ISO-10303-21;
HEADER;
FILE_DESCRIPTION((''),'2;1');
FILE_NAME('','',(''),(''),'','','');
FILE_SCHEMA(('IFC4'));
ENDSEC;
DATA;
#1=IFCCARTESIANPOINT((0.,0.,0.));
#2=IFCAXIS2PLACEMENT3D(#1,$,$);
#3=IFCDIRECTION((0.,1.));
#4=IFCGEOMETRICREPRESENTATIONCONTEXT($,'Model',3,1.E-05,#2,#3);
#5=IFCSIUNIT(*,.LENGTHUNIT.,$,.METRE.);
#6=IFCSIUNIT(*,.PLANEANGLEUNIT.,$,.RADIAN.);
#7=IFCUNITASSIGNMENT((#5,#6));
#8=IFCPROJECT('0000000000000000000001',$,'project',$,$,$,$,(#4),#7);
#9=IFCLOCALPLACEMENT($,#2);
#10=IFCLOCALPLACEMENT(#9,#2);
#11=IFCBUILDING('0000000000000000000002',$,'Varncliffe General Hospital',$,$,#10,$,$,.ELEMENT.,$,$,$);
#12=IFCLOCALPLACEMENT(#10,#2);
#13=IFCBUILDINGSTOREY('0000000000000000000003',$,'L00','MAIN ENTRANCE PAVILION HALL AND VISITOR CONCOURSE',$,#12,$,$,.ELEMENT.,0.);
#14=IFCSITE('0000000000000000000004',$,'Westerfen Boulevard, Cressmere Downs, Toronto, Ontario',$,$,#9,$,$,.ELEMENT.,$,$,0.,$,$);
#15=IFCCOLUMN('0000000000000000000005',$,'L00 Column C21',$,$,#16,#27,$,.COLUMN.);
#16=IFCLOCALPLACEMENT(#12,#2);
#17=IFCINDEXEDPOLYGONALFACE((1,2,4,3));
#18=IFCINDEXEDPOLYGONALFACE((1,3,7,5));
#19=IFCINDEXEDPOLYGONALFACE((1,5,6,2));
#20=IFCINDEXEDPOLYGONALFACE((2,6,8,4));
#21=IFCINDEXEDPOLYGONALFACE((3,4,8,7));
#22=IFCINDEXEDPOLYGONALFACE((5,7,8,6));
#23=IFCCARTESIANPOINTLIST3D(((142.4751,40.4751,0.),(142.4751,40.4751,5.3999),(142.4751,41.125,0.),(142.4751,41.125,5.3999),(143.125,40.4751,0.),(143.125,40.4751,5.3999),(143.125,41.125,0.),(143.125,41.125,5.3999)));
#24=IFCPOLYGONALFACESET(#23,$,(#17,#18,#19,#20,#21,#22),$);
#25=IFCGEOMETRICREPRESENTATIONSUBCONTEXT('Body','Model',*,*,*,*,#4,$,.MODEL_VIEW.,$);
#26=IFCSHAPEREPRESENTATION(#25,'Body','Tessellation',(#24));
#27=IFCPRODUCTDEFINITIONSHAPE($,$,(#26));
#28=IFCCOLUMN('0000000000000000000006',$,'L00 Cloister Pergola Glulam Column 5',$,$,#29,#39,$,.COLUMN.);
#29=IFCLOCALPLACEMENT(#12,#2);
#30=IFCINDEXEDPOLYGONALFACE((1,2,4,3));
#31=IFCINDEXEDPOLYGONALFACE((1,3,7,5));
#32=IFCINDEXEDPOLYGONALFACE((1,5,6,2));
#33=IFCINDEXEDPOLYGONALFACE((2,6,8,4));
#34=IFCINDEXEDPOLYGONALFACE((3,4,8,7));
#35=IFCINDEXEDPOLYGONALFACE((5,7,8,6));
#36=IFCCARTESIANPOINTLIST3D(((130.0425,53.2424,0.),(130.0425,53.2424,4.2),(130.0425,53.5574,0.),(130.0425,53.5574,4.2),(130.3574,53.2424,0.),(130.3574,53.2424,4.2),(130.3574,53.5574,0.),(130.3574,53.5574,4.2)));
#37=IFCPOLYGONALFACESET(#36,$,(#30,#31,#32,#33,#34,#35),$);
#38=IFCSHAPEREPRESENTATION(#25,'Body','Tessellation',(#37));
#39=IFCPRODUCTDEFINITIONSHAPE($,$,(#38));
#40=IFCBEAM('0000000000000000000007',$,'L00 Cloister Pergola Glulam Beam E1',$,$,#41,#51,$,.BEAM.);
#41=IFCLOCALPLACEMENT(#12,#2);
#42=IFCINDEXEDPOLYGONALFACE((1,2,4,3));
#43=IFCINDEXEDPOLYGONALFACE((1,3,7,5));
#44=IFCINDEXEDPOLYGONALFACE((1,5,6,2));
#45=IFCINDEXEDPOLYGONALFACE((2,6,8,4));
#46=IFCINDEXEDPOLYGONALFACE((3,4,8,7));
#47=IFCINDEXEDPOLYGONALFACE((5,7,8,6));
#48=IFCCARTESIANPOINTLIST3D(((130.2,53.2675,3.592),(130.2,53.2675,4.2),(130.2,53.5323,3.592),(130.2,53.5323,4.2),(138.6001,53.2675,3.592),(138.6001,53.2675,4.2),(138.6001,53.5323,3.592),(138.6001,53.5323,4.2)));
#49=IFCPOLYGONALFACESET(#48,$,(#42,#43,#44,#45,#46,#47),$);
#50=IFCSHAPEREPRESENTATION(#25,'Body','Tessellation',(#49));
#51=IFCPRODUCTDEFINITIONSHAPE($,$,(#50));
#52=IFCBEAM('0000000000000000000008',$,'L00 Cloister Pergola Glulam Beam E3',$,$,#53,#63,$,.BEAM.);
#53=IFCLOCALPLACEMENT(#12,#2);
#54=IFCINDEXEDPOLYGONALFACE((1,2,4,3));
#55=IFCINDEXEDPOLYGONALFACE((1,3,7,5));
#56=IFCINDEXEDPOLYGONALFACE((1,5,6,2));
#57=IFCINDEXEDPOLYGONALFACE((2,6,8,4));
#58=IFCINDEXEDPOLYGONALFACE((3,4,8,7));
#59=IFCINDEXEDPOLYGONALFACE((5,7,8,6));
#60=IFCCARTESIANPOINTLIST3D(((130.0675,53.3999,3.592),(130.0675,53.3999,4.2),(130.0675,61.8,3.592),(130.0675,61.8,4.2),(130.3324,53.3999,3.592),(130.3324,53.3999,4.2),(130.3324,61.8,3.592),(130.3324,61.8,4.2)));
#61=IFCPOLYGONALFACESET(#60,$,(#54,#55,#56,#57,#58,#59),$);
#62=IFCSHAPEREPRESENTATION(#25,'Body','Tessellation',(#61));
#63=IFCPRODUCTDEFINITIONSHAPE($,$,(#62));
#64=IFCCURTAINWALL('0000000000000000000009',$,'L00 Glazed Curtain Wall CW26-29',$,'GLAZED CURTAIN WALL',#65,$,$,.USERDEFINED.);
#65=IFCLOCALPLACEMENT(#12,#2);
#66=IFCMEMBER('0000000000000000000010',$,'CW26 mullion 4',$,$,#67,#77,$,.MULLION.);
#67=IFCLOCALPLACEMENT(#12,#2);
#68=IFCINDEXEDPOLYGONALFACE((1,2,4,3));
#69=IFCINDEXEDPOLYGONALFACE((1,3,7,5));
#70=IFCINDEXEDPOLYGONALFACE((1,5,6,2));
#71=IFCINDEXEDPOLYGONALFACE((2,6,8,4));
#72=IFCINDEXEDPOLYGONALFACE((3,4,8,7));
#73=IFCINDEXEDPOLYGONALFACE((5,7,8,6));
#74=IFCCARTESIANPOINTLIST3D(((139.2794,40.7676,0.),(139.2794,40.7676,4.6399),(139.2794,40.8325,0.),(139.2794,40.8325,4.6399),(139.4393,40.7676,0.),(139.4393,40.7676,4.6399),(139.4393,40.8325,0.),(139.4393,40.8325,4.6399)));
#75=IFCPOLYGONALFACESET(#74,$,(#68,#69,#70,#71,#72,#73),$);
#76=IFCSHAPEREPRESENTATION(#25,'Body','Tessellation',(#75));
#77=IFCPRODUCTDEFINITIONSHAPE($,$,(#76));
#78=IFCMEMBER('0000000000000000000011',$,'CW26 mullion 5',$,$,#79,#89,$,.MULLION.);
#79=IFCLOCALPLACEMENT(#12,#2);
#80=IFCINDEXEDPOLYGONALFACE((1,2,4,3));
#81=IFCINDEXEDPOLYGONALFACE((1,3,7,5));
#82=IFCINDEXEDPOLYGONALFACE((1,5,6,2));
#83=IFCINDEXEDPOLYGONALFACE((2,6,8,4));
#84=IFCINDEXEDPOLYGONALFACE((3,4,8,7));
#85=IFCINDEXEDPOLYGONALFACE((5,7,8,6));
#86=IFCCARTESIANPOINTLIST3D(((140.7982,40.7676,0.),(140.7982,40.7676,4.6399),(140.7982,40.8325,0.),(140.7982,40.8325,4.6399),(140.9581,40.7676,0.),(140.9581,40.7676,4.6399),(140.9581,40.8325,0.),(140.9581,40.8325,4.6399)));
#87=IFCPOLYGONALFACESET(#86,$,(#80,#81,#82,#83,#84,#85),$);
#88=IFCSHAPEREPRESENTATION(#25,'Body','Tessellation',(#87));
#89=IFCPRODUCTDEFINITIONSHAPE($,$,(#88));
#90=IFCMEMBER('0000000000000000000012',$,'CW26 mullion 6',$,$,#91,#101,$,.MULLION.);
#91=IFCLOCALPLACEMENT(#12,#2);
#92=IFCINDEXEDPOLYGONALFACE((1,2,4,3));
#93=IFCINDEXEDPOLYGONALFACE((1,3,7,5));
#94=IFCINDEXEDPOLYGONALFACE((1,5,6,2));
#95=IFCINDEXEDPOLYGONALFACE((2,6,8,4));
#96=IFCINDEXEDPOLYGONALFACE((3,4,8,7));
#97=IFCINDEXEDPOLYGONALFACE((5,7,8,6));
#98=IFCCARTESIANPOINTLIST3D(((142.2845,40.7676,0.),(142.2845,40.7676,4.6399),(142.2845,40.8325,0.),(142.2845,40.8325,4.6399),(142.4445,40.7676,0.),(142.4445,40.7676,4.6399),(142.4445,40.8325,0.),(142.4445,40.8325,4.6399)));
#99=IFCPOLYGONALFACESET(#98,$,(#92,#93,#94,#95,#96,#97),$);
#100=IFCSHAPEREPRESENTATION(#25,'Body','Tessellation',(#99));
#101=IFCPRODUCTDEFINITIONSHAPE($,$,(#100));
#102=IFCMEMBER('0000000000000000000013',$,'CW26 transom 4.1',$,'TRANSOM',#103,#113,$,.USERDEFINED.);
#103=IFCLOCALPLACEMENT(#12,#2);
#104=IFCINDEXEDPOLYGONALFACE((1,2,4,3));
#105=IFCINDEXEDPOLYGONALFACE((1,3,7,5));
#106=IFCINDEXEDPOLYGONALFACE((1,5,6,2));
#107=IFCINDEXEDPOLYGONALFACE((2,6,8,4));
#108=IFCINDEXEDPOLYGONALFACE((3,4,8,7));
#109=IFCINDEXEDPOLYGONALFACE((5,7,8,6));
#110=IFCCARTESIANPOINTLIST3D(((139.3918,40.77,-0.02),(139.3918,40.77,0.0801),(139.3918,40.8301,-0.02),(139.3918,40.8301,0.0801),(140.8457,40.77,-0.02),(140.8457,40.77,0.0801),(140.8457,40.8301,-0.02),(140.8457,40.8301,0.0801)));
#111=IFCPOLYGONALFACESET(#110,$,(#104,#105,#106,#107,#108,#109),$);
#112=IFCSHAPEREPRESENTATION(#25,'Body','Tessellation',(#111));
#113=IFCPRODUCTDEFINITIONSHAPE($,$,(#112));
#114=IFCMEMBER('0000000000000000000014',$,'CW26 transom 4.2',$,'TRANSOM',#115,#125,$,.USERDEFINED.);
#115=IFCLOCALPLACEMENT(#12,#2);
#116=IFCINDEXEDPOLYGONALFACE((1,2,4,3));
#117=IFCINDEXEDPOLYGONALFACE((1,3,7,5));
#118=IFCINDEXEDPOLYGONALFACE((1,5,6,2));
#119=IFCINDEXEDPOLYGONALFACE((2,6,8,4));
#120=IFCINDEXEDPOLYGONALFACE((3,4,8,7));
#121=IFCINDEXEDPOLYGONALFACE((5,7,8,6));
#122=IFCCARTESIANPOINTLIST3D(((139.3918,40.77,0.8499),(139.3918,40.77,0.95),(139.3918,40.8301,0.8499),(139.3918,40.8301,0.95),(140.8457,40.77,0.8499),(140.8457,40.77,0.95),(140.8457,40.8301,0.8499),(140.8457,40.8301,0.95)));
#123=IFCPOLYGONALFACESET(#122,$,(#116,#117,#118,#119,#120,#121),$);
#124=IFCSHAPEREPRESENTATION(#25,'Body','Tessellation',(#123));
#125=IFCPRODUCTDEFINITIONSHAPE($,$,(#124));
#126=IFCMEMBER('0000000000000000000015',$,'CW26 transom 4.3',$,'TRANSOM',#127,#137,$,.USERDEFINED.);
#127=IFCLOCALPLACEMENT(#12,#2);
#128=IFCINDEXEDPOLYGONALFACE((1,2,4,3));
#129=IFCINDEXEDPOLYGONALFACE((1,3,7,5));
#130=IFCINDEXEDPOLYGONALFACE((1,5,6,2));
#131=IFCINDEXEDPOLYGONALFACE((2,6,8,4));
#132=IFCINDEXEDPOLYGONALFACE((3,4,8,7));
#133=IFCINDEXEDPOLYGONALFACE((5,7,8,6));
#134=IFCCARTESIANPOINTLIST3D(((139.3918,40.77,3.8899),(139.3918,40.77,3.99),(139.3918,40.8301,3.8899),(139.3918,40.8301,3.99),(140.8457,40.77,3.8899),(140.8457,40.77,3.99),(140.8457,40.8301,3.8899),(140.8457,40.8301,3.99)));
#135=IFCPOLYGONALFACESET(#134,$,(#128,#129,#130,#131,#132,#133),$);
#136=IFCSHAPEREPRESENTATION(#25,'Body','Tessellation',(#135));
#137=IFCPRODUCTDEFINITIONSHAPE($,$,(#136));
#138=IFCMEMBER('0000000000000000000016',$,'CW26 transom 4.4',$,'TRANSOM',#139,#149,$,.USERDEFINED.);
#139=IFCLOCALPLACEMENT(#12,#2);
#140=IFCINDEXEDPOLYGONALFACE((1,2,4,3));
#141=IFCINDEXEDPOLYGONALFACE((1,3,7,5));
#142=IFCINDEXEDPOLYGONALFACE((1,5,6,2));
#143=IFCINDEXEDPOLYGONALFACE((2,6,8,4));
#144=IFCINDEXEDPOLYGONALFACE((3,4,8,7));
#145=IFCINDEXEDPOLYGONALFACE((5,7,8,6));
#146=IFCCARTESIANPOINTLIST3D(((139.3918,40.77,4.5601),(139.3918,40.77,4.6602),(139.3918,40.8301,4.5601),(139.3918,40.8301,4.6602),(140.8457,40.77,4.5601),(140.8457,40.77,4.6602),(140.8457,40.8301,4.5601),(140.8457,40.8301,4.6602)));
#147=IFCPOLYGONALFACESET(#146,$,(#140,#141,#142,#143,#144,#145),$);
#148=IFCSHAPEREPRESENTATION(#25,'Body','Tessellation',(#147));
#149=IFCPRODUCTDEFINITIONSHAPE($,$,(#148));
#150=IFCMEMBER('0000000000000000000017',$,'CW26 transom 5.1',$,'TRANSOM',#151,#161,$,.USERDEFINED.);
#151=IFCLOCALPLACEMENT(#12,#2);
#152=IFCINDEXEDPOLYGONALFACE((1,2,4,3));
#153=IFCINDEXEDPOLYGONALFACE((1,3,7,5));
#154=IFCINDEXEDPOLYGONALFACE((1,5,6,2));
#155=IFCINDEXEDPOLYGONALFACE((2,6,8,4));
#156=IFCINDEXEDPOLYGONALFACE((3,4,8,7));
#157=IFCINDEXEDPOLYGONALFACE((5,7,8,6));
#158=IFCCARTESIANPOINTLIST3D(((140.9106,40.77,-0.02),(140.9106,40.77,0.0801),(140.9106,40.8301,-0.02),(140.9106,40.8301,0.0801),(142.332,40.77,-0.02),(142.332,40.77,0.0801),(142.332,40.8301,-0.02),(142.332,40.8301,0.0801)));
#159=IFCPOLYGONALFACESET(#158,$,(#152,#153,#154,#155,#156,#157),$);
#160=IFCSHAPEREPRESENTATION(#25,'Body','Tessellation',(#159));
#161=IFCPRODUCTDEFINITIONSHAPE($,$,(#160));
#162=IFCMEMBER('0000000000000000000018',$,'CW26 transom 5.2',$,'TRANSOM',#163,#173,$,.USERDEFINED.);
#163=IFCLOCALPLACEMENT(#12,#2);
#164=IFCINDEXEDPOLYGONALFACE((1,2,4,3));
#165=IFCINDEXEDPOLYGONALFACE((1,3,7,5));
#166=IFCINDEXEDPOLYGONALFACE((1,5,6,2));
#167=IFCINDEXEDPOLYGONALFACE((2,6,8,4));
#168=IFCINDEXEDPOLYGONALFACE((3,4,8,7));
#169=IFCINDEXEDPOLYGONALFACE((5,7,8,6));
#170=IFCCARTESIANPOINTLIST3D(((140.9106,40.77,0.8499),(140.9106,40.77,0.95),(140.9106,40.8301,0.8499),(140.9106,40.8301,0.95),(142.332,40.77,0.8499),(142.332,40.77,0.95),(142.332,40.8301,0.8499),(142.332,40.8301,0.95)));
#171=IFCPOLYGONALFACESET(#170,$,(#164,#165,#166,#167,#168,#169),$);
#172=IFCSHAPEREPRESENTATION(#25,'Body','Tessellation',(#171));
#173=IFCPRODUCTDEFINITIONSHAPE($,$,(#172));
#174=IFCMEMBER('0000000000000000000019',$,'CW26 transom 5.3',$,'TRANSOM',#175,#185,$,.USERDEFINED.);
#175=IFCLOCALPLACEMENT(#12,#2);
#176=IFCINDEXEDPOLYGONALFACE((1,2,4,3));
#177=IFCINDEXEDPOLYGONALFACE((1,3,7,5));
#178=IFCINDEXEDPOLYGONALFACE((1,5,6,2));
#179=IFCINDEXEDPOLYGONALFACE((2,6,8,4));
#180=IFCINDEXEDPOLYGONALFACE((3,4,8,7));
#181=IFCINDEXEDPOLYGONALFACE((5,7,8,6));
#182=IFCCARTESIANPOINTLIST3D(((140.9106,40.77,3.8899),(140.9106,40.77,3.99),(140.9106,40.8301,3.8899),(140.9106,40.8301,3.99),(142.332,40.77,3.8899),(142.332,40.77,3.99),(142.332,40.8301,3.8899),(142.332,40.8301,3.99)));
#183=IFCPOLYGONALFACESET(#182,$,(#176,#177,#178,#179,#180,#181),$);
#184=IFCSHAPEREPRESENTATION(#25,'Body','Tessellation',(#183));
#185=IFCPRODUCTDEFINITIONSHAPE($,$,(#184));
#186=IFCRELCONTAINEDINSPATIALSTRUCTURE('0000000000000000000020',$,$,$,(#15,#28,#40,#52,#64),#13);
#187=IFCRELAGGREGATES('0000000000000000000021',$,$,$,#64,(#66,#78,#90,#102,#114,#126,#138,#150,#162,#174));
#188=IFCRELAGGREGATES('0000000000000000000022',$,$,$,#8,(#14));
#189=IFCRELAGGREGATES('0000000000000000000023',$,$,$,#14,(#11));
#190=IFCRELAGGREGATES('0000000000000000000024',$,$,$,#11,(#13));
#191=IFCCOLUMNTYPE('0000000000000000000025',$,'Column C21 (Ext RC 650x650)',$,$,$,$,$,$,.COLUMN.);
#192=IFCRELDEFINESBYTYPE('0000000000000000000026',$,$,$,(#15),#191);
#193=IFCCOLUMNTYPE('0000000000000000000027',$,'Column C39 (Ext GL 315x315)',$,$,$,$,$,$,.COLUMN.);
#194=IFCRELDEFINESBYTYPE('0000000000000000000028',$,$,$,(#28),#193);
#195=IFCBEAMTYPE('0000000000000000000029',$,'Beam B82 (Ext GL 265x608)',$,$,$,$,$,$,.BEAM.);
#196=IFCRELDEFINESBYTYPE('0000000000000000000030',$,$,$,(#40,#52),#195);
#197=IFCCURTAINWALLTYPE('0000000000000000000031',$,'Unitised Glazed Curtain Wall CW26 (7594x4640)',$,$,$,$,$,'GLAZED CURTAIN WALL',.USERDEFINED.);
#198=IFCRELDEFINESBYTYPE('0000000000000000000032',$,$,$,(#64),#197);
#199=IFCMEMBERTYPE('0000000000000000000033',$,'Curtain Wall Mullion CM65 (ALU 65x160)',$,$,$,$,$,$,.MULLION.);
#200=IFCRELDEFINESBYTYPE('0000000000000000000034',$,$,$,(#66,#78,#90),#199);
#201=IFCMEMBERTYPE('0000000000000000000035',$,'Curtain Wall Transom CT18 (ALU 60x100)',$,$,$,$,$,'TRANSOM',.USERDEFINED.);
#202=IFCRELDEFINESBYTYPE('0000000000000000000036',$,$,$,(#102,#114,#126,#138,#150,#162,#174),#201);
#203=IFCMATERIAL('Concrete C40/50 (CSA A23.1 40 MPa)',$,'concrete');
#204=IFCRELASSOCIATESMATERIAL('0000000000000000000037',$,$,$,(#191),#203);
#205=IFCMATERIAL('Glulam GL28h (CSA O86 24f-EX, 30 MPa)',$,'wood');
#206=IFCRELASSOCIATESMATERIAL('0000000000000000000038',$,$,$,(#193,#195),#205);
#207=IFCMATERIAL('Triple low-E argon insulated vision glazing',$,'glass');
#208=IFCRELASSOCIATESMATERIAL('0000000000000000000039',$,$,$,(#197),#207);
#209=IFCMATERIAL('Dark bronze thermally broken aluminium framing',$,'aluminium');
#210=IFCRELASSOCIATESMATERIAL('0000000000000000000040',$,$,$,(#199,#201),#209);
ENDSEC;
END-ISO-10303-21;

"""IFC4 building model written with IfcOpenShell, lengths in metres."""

from ifc_helpers import new_model, si_unit, direction, frame, origin, origin_2d, place, context, subcontext, project, spatial, rectangle, extrude, material, material_profile, profile_set, type_object, element, aggregate, save


model = new_model("IFC4")

# Units and contexts
model_context = context("Model", 3, precision=1e-05, world=origin(), true_north=direction((0.0, 1.0)))
body_context = subcontext(model_context, "Body", "Model", "MODEL_VIEW")
ifc_project = project(units=[si_unit("LENGTHUNIT", "METRE"), si_unit("PLANEANGLEUNIT", "RADIAN")], contexts=[model_context])

# Site, building, storey
site_placement = place(None, origin())
site = spatial("IfcSite", under=ifc_project, at=site_placement, Name="Westerfen Boulevard, Cressmere Downs, Toronto, Ontario", CompositionType="ELEMENT", RefElevation=0.0)
building_placement = place(site_placement, origin())
building = spatial("IfcBuilding", under=site, at=building_placement, Name="Varncliffe General Hospital", CompositionType="ELEMENT")
storey_placement = place(building_placement, origin())
storey = spatial("IfcBuildingStorey", under=building, at=storey_placement, Name="L00", Description="MAIN ENTRANCE PAVILION HALL AND VISITOR CONCOURSE", CompositionType="ELEMENT", Elevation=0.0)

# Columns
ifc_material_1 = material(Name="Concrete C40/50 (CSA A23.1 40 MPa)", Category="concrete")
ifc_material_profile_1 = material_profile(ifc_material_1, rectangle(XDim=0.6499, YDim=0.6499, at=origin_2d()), Name="RC 650x650")
ifc_profile_set_1 = profile_set([ifc_material_profile_1], Name="Concrete C40/50 (CSA A23.1 40 MPa)")
column_type_1 = type_object("IfcColumnType", Name="Column C21 (Ext RC 650x650)", PredefinedType="COLUMN", material=ifc_profile_set_1)
column_1_placement = place(storey_placement, frame((142.8, 40.8, 0.0), z_axis=(0.0, 0.0, 1.0), x_axis=(1.0, 0.0, 0.0)))
element("IfcColumn", 1, at=column_1_placement, inside=storey, type_object=column_type_1, Name="L00 Column C21", PredefinedType="COLUMN", context=body_context, shape_type="SweptSolid", body=[
    extrude(rectangle(XDim=0.6499, YDim=0.6499, at=origin_2d()), origin(), (0.0, 0.0, 1.0), 5.3999),
])
ifc_material_2 = material(Name="Glulam GL28h (CSA O86 24f-EX, 30 MPa)", Category="wood")
ifc_material_profile_2 = material_profile(ifc_material_2, rectangle(XDim=0.3149, YDim=0.3149, at=origin_2d()), Name="GL 315x315")
ifc_profile_set_2 = profile_set([ifc_material_profile_2], Name="Glulam GL28h (CSA O86 24f-EX, 30 MPa)")
column_type_2 = type_object("IfcColumnType", Name="Column C39 (Ext GL 315x315)", PredefinedType="COLUMN", material=ifc_profile_set_2)
column_2_placement = place(storey_placement, frame((130.2, 53.3999, 0.0), z_axis=(0.0, 0.0, 1.0), x_axis=(1.0, 0.0, 0.0)))
element("IfcColumn", 2, at=column_2_placement, inside=storey, type_object=column_type_2, Name="L00 Cloister Pergola Glulam Column 5", PredefinedType="COLUMN", context=body_context, shape_type="SweptSolid", body=[
    extrude(rectangle(XDim=0.3149, YDim=0.3149, at=origin_2d()), origin(), (0.0, 0.0, 1.0), 4.2),
])

# Beams
ifc_material_profile_3 = material_profile(ifc_material_2, rectangle(XDim=0.2649, YDim=0.6079, at=origin_2d()), Name="GL 265x608")
ifc_profile_set_3 = profile_set([ifc_material_profile_3], Name="Glulam GL28h (CSA O86 24f-EX, 30 MPa)")
beam_type_1 = type_object("IfcBeamType", Name="Beam B82 (Ext GL 265x608)", PredefinedType="BEAM", material=ifc_profile_set_3)
for number, where, z_axis, x_axis, name in (
    (3, (130.2, 53.3999, 3.896), (1.0, 0.0, 0.0), (0.0, 1.0, 0.0), "L00 Cloister Pergola Glulam Beam E1"),
    (4, (130.2, 53.3999, 3.896), (0.0, 1.0, 0.0), (-1.0, 0.0, 0.0), "L00 Cloister Pergola Glulam Beam E3"),
):
    element("IfcBeam", number, at=place(storey_placement, frame(where, z_axis=z_axis, x_axis=x_axis)), inside=storey, type_object=beam_type_1, Name=name, PredefinedType="BEAM", context=body_context, shape_type="SweptSolid", body=[
        extrude(rectangle(XDim=0.2649, YDim=0.6079, at=origin_2d()), origin(), (0.0, 0.0, 1.0), 8.4001),
    ])

# Curtain wall, members
ifc_material_3 = material(Name="Triple low-E argon insulated vision glazing", Category="glass")
curtain_wall_type = type_object("IfcCurtainWallType", Name="Unitised Glazed Curtain Wall CW26 (7594x4640)", ElementType="GLAZED CURTAIN WALL", PredefinedType="USERDEFINED", material=ifc_material_3)
curtain_wall_placement = place(storey_placement, origin())
curtain_wall = element("IfcCurtainWall", 5, at=curtain_wall_placement, inside=storey, type_object=curtain_wall_type, Name="L00 Glazed Curtain Wall CW26-29", ObjectType="GLAZED CURTAIN WALL", PredefinedType="USERDEFINED")
ifc_material_4 = material(Name="Dark bronze thermally broken aluminium framing", Category="aluminium")
ifc_material_profile_4 = material_profile(ifc_material_4, rectangle(XDim=0.0649, YDim=0.1599, at=origin_2d()), Name="ALU 65x160")
ifc_profile_set_4 = profile_set([ifc_material_profile_4], Name="Dark bronze thermally broken aluminium framing")
member_type_1 = type_object("IfcMemberType", Name="Curtain Wall Mullion CM65 (ALU 65x160)", PredefinedType="MULLION", material=ifc_profile_set_4)
member_1_placement = place(storey_placement, frame((139.3594, 40.8, 0.0), z_axis=(0.0, 0.0, 1.0), x_axis=(0.0, 1.0, 0.0)))
member_1 = element("IfcMember", 6, at=member_1_placement, type_object=member_type_1, Name="CW26 mullion 4", PredefinedType="MULLION", context=body_context, shape_type="SweptSolid", body=[
    extrude(rectangle(XDim=0.0649, YDim=0.1599, at=origin_2d()), origin(), (0.0, 0.0, 1.0), 4.6399),
])
member_2_placement = place(storey_placement, frame((140.8782, 40.8, 0.0), z_axis=(0.0, 0.0, 1.0), x_axis=(0.0, 1.0, 0.0)))
member_2 = element("IfcMember", 7, at=member_2_placement, type_object=member_type_1, Name="CW26 mullion 5", PredefinedType="MULLION", context=body_context, shape_type="SweptSolid", body=[
    extrude(rectangle(XDim=0.0649, YDim=0.1599, at=origin_2d()), origin(), (0.0, 0.0, 1.0), 4.6399),
])
member_3_placement = place(storey_placement, frame((142.3645, 40.8, 0.0), z_axis=(0.0, 0.0, 1.0), x_axis=(0.0, 1.0, 0.0)))
member_3 = element("IfcMember", 8, at=member_3_placement, type_object=member_type_1, Name="CW26 mullion 6", PredefinedType="MULLION", context=body_context, shape_type="SweptSolid", body=[
    extrude(rectangle(XDim=0.0649, YDim=0.1599, at=origin_2d()), origin(), (0.0, 0.0, 1.0), 4.6399),
])
ifc_material_profile_5 = material_profile(ifc_material_4, rectangle(XDim=0.0601, YDim=0.1001, at=origin_2d()), Name="ALU 60x100")
ifc_profile_set_5 = profile_set([ifc_material_profile_5], Name="Dark bronze thermally broken aluminium framing")
member_type_2 = type_object("IfcMemberType", Name="Curtain Wall Transom CT18 (ALU 60x100)", ElementType="TRANSOM", PredefinedType="USERDEFINED", material=ifc_profile_set_5)
member_4_placement = place(storey_placement, frame((139.3918, 40.8, 0.03), z_axis=(1.0, 0.0, 0.0), x_axis=(0.0, 1.0, 0.0)))
member_4 = element("IfcMember", 9, at=member_4_placement, type_object=member_type_2, Name="CW26 transom 4.1", ObjectType="TRANSOM", PredefinedType="USERDEFINED", context=body_context, shape_type="SweptSolid", body=[
    extrude(rectangle(XDim=0.0601, YDim=0.1001, at=origin_2d()), origin(), (0.0, 0.0, 1.0), 1.4539),
])
member_5_placement = place(storey_placement, frame((139.3918, 40.8, 0.8999), z_axis=(1.0, 0.0, 0.0), x_axis=(0.0, 1.0, 0.0)))
member_5 = element("IfcMember", 10, at=member_5_placement, type_object=member_type_2, Name="CW26 transom 4.2", ObjectType="TRANSOM", PredefinedType="USERDEFINED", context=body_context, shape_type="SweptSolid", body=[
    extrude(rectangle(XDim=0.0601, YDim=0.1001, at=origin_2d()), origin(), (0.0, 0.0, 1.0), 1.4539),
])
member_6_placement = place(storey_placement, frame((139.3918, 40.8, 3.9399), z_axis=(1.0, 0.0, 0.0), x_axis=(0.0, 1.0, 0.0)))
member_6 = element("IfcMember", 11, at=member_6_placement, type_object=member_type_2, Name="CW26 transom 4.3", ObjectType="TRANSOM", PredefinedType="USERDEFINED", context=body_context, shape_type="SweptSolid", body=[
    extrude(rectangle(XDim=0.0601, YDim=0.1001, at=origin_2d()), origin(), (0.0, 0.0, 1.0), 1.4539),
])
member_7_placement = place(storey_placement, frame((139.3918, 40.8, 4.6101), z_axis=(1.0, 0.0, 0.0), x_axis=(0.0, 1.0, 0.0)))
member_7 = element("IfcMember", 12, at=member_7_placement, type_object=member_type_2, Name="CW26 transom 4.4", ObjectType="TRANSOM", PredefinedType="USERDEFINED", context=body_context, shape_type="SweptSolid", body=[
    extrude(rectangle(XDim=0.0601, YDim=0.1001, at=origin_2d()), origin(), (0.0, 0.0, 1.0), 1.4539),
])
member_8_placement = place(storey_placement, frame((140.9106, 40.8, 0.03), z_axis=(1.0, 0.0, 0.0), x_axis=(0.0, 1.0, 0.0)))
member_8 = element("IfcMember", 13, at=member_8_placement, type_object=member_type_2, Name="CW26 transom 5.1", ObjectType="TRANSOM", PredefinedType="USERDEFINED", context=body_context, shape_type="SweptSolid", body=[
    extrude(rectangle(XDim=0.0601, YDim=0.1001, at=origin_2d()), origin(), (0.0, 0.0, 1.0), 1.4214),
])
member_9_placement = place(storey_placement, frame((140.9106, 40.8, 0.8999), z_axis=(1.0, 0.0, 0.0), x_axis=(0.0, 1.0, 0.0)))
member_9 = element("IfcMember", 14, at=member_9_placement, type_object=member_type_2, Name="CW26 transom 5.2", ObjectType="TRANSOM", PredefinedType="USERDEFINED", context=body_context, shape_type="SweptSolid", body=[
    extrude(rectangle(XDim=0.0601, YDim=0.1001, at=origin_2d()), origin(), (0.0, 0.0, 1.0), 1.4214),
])
member_10_placement = place(storey_placement, frame((140.9106, 40.8, 3.9399), z_axis=(1.0, 0.0, 0.0), x_axis=(0.0, 1.0, 0.0)))
member_10 = element("IfcMember", 15, at=member_10_placement, type_object=member_type_2, Name="CW26 transom 5.3", ObjectType="TRANSOM", PredefinedType="USERDEFINED", context=body_context, shape_type="SweptSolid", body=[
    extrude(rectangle(XDim=0.0601, YDim=0.1001, at=origin_2d()), origin(), (0.0, 0.0, 1.0), 1.4214),
])

aggregate(curtain_wall, [member_1, member_2, member_3, member_4, member_5, member_6, member_7, member_8, member_9, member_10])

save(model, "model.ifc")
